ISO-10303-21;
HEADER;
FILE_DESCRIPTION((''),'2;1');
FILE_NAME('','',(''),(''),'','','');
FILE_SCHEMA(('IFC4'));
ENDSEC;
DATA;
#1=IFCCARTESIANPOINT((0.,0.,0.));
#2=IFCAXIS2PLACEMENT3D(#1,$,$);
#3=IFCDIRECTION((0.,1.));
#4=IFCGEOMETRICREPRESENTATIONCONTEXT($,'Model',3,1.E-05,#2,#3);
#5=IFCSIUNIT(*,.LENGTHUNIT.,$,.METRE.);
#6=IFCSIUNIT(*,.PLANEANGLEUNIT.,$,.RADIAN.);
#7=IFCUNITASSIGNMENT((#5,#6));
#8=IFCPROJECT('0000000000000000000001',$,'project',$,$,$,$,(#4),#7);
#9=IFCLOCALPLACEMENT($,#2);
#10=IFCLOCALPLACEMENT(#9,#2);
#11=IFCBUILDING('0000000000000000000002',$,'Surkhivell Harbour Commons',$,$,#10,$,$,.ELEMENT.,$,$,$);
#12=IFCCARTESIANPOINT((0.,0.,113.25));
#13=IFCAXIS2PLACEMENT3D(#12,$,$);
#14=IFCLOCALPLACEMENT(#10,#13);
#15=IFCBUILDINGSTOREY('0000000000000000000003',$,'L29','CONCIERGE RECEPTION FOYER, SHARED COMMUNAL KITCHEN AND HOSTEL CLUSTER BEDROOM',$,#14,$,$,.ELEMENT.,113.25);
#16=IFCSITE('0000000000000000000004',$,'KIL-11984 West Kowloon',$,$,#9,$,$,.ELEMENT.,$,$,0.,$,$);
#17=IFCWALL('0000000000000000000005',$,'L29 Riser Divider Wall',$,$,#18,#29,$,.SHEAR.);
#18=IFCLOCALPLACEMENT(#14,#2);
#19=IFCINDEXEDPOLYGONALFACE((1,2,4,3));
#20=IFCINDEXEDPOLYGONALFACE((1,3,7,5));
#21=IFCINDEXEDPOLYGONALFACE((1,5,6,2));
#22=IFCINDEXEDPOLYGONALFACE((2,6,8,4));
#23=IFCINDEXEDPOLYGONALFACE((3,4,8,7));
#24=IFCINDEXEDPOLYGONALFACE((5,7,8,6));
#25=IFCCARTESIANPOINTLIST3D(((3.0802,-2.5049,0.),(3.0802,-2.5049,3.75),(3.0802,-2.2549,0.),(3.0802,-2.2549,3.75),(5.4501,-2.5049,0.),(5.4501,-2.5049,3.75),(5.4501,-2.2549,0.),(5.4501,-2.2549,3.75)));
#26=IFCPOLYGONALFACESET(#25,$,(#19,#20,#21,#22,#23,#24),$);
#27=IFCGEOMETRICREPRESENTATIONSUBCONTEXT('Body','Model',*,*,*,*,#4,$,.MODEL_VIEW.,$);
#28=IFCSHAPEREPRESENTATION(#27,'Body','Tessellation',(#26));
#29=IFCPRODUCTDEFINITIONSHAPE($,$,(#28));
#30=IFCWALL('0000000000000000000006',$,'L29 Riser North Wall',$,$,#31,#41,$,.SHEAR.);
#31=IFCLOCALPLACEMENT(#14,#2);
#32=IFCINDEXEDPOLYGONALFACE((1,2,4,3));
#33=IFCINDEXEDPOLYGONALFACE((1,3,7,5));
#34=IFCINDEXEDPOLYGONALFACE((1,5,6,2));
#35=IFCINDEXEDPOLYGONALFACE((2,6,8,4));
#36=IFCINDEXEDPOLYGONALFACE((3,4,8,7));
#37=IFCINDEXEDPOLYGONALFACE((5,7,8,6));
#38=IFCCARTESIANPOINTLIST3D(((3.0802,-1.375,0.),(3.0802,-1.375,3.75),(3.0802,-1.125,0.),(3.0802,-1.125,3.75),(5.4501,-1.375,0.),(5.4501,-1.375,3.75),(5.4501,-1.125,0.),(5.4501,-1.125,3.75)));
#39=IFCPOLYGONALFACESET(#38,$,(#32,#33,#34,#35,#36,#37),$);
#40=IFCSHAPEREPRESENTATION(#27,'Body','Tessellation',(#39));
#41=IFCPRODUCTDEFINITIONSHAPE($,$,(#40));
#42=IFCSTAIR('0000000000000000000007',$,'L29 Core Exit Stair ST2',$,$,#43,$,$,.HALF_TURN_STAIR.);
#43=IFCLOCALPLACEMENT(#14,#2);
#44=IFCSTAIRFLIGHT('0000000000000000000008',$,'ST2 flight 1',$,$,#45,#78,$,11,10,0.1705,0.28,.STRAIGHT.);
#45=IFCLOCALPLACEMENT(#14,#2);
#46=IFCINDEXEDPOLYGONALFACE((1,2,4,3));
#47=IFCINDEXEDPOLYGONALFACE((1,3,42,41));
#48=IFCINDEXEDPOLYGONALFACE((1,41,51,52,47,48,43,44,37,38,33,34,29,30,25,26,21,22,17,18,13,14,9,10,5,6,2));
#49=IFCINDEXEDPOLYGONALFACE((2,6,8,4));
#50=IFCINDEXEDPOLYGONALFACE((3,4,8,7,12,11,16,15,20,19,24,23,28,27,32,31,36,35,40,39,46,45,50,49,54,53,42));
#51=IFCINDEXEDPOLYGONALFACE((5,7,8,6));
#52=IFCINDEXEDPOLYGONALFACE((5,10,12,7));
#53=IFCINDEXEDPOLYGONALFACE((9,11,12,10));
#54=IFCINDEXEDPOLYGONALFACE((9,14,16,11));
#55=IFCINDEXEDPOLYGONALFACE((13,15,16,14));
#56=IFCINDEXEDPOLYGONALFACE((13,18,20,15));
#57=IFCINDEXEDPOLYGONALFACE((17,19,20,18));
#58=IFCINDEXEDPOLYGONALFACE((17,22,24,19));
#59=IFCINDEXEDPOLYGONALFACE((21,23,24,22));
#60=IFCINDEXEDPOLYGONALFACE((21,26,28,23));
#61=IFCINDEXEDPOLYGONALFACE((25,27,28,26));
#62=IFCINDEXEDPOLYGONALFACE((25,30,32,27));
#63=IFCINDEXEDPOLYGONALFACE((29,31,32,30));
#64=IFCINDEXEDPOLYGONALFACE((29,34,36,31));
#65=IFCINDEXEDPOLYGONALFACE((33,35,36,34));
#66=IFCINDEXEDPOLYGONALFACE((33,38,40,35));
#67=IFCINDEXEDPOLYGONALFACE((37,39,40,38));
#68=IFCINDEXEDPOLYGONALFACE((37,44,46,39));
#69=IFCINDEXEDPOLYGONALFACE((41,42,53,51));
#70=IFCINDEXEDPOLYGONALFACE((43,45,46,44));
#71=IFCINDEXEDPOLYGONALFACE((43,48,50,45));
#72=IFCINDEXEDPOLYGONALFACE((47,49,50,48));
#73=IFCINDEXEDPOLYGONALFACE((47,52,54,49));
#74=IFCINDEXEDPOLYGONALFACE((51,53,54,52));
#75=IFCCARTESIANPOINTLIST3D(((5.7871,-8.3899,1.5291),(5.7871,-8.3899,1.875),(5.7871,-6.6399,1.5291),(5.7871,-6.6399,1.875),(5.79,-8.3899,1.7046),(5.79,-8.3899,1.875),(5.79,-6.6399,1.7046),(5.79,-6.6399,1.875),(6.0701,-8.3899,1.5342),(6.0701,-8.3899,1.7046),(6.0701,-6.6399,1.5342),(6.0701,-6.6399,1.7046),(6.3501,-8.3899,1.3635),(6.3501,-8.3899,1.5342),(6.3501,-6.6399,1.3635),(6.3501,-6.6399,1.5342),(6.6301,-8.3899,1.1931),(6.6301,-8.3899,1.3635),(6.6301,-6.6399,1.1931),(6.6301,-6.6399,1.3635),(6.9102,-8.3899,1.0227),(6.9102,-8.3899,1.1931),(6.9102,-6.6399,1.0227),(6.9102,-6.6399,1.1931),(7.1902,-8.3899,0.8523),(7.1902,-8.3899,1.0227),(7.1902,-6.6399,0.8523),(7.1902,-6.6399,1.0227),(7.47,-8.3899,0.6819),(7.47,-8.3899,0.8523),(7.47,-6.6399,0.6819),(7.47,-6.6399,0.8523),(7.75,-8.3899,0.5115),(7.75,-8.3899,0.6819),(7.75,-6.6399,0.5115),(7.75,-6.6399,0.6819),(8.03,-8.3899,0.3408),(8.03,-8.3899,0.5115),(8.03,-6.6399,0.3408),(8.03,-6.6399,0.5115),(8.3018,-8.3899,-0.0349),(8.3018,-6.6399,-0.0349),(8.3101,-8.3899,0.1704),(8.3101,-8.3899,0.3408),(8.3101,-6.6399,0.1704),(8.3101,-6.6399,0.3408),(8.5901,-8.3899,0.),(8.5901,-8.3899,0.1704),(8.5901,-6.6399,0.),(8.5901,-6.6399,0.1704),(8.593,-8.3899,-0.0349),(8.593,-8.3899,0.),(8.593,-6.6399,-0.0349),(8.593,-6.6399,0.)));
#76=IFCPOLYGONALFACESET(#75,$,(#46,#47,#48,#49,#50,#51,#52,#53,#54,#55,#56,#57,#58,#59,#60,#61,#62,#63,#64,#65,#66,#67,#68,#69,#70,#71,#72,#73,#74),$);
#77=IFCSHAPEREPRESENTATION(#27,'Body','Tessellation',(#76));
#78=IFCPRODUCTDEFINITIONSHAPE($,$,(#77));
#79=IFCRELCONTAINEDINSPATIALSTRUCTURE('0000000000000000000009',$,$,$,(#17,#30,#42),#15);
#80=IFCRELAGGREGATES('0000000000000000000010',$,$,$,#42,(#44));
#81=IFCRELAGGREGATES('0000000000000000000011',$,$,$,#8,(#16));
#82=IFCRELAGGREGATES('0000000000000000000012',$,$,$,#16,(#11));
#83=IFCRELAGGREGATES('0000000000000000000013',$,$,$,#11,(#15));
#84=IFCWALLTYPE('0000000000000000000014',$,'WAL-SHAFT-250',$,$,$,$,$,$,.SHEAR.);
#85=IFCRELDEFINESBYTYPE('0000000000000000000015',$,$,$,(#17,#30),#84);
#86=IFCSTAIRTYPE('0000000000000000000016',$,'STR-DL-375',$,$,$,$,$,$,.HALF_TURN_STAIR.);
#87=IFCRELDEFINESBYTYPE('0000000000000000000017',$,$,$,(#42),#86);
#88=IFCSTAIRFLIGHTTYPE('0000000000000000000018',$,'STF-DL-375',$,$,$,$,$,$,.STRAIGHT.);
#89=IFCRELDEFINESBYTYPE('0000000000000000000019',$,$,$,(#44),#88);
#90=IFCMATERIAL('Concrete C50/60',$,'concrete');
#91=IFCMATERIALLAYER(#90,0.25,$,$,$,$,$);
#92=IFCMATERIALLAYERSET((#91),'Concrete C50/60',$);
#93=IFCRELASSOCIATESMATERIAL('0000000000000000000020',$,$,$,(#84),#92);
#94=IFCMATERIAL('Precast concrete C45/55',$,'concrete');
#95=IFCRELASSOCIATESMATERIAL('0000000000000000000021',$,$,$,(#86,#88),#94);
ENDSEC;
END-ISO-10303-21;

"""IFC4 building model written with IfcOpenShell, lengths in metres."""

from ifc_helpers import new_model, si_unit, direction, frame, frame_2d, origin, place, context, subcontext, project, spatial, polyline, rectangle, outline, extrude, material, layer, layer_set, type_object, element, aggregate, save


model = new_model("IFC4")

# Units and contexts
model_context = context("Model", 3, precision=1e-05, world=origin(), true_north=direction((0.0, 1.0)))
body_context = subcontext(model_context, "Body", "Model", "MODEL_VIEW")
ifc_project = project(units=[si_unit("LENGTHUNIT", "METRE"), si_unit("PLANEANGLEUNIT", "RADIAN")], contexts=[model_context])

# Site, building, storey
site_placement = place(None, origin())
site = spatial("IfcSite", under=ifc_project, at=site_placement, Name="KIL-11984 West Kowloon", CompositionType="ELEMENT", RefElevation=0.0)
building_placement = place(site_placement, origin())
building = spatial("IfcBuilding", under=site, at=building_placement, Name="Surkhivell Harbour Commons", CompositionType="ELEMENT")
storey_placement = place(building_placement, frame((0.0, 0.0, 113.25)))
storey = spatial("IfcBuildingStorey", under=building, at=storey_placement, Name="L29", Description="CONCIERGE RECEPTION FOYER, SHARED COMMUNAL KITCHEN AND HOSTEL CLUSTER BEDROOM", CompositionType="ELEMENT", Elevation=113.25)

# Shared definitions
ifc_material_1 = material(Name="Concrete C50/60", Category="concrete")
ifc_layer_1 = layer(ifc_material_1, 0.25)
ifc_layer_set_1 = layer_set([ifc_layer_1], Name="Concrete C50/60")
wall_type_1 = type_object("IfcWallType", Name="WAL-SHAFT-250", PredefinedType="SHEAR", material=ifc_layer_set_1)

# Walls
for number, where, z_axis, x_axis, name in (
    (1, (3.0801, -2.3799, 0.0), (0.0, 0.0, 1.0), (1.0, 0.0, 0.0), "L29 Riser Divider Wall"),
    (2, (3.0801, -1.25, 0.0), (0.0, 0.0, 1.0), (1.0, 0.0, 0.0), "L29 Riser North Wall"),
):
    element("IfcWall", number, at=place(storey_placement, frame(where, z_axis=z_axis, x_axis=x_axis)), inside=storey, type_object=wall_type_1, Name=name, PredefinedType="SHEAR", context=body_context, shape_type="SweptSolid", body=[
        extrude(rectangle(XDim=2.3699, YDim=0.25, at=frame_2d((1.1851, 0.0))), origin(), (0.0, 0.0, 1.0), 3.75),
    ])

# Stair, stair flight
ifc_material_2 = material(Name="Precast concrete C45/55", Category="concrete")
stair_type = type_object("IfcStairType", Name="STR-DL-375", PredefinedType="HALF_TURN_STAIR", material=ifc_material_2)
stair_placement = place(storey_placement, origin())
stair = element("IfcStair", 3, at=stair_placement, inside=storey, type_object=stair_type, Name="L29 Core Exit Stair ST2", PredefinedType="HALF_TURN_STAIR")
stair_flight_type = type_object("IfcStairFlightType", Name="STF-DL-375", PredefinedType="STRAIGHT", material=ifc_material_2)
stair_flight_placement = place(storey_placement, frame((8.5901, -7.5149, 0.0), z_axis=(0.0, 0.0, 1.0), x_axis=(-1.0, 0.0, 0.0)))
stair_flight = element("IfcStairFlight", 4, at=stair_flight_placement, type_object=stair_flight_type, Name="ST2 flight 1", NumberOfRisers=11, NumberOfTreads=10, PredefinedType="STRAIGHT", RiserHeight=0.1705, TreadLength=0.28, context=body_context, shape_type="SweptSolid", body=[
    extrude(outline(polyline([(-0.0029, -0.0349), (-0.0029, 0.0), (0.0, 0.0), (0.0, 0.1704), (0.28, 0.1704), (0.28, 0.3408), (0.5601, 0.3408), (0.5601, 0.5115), (0.8401, 0.5115), (0.8401, 0.6819), (1.1201, 0.6819), (1.1201, 0.8523), (1.3999, 0.8523), (1.3999, 1.0227), (1.6799, 1.0227), (1.6799, 1.1931), (1.96, 1.1931), (1.96, 1.3635), (2.24, 1.3635), (2.24, 1.5342), (2.52, 1.5342), (2.52, 1.7046), (2.8, 1.7046), (2.8, 1.875), (2.803, 1.875), (2.803, 1.5291), (0.2883, -0.0349), (-0.0029, -0.0349)])), frame((0.0, 0.875, 0.0), z_axis=(0.0, -1.0, 0.0), x_axis=(1.0, 0.0, 0.0)), (0.0, 0.0, 1.0), 1.75),
])
aggregate(stair, [stair_flight])

save(model, "model.ifc")
